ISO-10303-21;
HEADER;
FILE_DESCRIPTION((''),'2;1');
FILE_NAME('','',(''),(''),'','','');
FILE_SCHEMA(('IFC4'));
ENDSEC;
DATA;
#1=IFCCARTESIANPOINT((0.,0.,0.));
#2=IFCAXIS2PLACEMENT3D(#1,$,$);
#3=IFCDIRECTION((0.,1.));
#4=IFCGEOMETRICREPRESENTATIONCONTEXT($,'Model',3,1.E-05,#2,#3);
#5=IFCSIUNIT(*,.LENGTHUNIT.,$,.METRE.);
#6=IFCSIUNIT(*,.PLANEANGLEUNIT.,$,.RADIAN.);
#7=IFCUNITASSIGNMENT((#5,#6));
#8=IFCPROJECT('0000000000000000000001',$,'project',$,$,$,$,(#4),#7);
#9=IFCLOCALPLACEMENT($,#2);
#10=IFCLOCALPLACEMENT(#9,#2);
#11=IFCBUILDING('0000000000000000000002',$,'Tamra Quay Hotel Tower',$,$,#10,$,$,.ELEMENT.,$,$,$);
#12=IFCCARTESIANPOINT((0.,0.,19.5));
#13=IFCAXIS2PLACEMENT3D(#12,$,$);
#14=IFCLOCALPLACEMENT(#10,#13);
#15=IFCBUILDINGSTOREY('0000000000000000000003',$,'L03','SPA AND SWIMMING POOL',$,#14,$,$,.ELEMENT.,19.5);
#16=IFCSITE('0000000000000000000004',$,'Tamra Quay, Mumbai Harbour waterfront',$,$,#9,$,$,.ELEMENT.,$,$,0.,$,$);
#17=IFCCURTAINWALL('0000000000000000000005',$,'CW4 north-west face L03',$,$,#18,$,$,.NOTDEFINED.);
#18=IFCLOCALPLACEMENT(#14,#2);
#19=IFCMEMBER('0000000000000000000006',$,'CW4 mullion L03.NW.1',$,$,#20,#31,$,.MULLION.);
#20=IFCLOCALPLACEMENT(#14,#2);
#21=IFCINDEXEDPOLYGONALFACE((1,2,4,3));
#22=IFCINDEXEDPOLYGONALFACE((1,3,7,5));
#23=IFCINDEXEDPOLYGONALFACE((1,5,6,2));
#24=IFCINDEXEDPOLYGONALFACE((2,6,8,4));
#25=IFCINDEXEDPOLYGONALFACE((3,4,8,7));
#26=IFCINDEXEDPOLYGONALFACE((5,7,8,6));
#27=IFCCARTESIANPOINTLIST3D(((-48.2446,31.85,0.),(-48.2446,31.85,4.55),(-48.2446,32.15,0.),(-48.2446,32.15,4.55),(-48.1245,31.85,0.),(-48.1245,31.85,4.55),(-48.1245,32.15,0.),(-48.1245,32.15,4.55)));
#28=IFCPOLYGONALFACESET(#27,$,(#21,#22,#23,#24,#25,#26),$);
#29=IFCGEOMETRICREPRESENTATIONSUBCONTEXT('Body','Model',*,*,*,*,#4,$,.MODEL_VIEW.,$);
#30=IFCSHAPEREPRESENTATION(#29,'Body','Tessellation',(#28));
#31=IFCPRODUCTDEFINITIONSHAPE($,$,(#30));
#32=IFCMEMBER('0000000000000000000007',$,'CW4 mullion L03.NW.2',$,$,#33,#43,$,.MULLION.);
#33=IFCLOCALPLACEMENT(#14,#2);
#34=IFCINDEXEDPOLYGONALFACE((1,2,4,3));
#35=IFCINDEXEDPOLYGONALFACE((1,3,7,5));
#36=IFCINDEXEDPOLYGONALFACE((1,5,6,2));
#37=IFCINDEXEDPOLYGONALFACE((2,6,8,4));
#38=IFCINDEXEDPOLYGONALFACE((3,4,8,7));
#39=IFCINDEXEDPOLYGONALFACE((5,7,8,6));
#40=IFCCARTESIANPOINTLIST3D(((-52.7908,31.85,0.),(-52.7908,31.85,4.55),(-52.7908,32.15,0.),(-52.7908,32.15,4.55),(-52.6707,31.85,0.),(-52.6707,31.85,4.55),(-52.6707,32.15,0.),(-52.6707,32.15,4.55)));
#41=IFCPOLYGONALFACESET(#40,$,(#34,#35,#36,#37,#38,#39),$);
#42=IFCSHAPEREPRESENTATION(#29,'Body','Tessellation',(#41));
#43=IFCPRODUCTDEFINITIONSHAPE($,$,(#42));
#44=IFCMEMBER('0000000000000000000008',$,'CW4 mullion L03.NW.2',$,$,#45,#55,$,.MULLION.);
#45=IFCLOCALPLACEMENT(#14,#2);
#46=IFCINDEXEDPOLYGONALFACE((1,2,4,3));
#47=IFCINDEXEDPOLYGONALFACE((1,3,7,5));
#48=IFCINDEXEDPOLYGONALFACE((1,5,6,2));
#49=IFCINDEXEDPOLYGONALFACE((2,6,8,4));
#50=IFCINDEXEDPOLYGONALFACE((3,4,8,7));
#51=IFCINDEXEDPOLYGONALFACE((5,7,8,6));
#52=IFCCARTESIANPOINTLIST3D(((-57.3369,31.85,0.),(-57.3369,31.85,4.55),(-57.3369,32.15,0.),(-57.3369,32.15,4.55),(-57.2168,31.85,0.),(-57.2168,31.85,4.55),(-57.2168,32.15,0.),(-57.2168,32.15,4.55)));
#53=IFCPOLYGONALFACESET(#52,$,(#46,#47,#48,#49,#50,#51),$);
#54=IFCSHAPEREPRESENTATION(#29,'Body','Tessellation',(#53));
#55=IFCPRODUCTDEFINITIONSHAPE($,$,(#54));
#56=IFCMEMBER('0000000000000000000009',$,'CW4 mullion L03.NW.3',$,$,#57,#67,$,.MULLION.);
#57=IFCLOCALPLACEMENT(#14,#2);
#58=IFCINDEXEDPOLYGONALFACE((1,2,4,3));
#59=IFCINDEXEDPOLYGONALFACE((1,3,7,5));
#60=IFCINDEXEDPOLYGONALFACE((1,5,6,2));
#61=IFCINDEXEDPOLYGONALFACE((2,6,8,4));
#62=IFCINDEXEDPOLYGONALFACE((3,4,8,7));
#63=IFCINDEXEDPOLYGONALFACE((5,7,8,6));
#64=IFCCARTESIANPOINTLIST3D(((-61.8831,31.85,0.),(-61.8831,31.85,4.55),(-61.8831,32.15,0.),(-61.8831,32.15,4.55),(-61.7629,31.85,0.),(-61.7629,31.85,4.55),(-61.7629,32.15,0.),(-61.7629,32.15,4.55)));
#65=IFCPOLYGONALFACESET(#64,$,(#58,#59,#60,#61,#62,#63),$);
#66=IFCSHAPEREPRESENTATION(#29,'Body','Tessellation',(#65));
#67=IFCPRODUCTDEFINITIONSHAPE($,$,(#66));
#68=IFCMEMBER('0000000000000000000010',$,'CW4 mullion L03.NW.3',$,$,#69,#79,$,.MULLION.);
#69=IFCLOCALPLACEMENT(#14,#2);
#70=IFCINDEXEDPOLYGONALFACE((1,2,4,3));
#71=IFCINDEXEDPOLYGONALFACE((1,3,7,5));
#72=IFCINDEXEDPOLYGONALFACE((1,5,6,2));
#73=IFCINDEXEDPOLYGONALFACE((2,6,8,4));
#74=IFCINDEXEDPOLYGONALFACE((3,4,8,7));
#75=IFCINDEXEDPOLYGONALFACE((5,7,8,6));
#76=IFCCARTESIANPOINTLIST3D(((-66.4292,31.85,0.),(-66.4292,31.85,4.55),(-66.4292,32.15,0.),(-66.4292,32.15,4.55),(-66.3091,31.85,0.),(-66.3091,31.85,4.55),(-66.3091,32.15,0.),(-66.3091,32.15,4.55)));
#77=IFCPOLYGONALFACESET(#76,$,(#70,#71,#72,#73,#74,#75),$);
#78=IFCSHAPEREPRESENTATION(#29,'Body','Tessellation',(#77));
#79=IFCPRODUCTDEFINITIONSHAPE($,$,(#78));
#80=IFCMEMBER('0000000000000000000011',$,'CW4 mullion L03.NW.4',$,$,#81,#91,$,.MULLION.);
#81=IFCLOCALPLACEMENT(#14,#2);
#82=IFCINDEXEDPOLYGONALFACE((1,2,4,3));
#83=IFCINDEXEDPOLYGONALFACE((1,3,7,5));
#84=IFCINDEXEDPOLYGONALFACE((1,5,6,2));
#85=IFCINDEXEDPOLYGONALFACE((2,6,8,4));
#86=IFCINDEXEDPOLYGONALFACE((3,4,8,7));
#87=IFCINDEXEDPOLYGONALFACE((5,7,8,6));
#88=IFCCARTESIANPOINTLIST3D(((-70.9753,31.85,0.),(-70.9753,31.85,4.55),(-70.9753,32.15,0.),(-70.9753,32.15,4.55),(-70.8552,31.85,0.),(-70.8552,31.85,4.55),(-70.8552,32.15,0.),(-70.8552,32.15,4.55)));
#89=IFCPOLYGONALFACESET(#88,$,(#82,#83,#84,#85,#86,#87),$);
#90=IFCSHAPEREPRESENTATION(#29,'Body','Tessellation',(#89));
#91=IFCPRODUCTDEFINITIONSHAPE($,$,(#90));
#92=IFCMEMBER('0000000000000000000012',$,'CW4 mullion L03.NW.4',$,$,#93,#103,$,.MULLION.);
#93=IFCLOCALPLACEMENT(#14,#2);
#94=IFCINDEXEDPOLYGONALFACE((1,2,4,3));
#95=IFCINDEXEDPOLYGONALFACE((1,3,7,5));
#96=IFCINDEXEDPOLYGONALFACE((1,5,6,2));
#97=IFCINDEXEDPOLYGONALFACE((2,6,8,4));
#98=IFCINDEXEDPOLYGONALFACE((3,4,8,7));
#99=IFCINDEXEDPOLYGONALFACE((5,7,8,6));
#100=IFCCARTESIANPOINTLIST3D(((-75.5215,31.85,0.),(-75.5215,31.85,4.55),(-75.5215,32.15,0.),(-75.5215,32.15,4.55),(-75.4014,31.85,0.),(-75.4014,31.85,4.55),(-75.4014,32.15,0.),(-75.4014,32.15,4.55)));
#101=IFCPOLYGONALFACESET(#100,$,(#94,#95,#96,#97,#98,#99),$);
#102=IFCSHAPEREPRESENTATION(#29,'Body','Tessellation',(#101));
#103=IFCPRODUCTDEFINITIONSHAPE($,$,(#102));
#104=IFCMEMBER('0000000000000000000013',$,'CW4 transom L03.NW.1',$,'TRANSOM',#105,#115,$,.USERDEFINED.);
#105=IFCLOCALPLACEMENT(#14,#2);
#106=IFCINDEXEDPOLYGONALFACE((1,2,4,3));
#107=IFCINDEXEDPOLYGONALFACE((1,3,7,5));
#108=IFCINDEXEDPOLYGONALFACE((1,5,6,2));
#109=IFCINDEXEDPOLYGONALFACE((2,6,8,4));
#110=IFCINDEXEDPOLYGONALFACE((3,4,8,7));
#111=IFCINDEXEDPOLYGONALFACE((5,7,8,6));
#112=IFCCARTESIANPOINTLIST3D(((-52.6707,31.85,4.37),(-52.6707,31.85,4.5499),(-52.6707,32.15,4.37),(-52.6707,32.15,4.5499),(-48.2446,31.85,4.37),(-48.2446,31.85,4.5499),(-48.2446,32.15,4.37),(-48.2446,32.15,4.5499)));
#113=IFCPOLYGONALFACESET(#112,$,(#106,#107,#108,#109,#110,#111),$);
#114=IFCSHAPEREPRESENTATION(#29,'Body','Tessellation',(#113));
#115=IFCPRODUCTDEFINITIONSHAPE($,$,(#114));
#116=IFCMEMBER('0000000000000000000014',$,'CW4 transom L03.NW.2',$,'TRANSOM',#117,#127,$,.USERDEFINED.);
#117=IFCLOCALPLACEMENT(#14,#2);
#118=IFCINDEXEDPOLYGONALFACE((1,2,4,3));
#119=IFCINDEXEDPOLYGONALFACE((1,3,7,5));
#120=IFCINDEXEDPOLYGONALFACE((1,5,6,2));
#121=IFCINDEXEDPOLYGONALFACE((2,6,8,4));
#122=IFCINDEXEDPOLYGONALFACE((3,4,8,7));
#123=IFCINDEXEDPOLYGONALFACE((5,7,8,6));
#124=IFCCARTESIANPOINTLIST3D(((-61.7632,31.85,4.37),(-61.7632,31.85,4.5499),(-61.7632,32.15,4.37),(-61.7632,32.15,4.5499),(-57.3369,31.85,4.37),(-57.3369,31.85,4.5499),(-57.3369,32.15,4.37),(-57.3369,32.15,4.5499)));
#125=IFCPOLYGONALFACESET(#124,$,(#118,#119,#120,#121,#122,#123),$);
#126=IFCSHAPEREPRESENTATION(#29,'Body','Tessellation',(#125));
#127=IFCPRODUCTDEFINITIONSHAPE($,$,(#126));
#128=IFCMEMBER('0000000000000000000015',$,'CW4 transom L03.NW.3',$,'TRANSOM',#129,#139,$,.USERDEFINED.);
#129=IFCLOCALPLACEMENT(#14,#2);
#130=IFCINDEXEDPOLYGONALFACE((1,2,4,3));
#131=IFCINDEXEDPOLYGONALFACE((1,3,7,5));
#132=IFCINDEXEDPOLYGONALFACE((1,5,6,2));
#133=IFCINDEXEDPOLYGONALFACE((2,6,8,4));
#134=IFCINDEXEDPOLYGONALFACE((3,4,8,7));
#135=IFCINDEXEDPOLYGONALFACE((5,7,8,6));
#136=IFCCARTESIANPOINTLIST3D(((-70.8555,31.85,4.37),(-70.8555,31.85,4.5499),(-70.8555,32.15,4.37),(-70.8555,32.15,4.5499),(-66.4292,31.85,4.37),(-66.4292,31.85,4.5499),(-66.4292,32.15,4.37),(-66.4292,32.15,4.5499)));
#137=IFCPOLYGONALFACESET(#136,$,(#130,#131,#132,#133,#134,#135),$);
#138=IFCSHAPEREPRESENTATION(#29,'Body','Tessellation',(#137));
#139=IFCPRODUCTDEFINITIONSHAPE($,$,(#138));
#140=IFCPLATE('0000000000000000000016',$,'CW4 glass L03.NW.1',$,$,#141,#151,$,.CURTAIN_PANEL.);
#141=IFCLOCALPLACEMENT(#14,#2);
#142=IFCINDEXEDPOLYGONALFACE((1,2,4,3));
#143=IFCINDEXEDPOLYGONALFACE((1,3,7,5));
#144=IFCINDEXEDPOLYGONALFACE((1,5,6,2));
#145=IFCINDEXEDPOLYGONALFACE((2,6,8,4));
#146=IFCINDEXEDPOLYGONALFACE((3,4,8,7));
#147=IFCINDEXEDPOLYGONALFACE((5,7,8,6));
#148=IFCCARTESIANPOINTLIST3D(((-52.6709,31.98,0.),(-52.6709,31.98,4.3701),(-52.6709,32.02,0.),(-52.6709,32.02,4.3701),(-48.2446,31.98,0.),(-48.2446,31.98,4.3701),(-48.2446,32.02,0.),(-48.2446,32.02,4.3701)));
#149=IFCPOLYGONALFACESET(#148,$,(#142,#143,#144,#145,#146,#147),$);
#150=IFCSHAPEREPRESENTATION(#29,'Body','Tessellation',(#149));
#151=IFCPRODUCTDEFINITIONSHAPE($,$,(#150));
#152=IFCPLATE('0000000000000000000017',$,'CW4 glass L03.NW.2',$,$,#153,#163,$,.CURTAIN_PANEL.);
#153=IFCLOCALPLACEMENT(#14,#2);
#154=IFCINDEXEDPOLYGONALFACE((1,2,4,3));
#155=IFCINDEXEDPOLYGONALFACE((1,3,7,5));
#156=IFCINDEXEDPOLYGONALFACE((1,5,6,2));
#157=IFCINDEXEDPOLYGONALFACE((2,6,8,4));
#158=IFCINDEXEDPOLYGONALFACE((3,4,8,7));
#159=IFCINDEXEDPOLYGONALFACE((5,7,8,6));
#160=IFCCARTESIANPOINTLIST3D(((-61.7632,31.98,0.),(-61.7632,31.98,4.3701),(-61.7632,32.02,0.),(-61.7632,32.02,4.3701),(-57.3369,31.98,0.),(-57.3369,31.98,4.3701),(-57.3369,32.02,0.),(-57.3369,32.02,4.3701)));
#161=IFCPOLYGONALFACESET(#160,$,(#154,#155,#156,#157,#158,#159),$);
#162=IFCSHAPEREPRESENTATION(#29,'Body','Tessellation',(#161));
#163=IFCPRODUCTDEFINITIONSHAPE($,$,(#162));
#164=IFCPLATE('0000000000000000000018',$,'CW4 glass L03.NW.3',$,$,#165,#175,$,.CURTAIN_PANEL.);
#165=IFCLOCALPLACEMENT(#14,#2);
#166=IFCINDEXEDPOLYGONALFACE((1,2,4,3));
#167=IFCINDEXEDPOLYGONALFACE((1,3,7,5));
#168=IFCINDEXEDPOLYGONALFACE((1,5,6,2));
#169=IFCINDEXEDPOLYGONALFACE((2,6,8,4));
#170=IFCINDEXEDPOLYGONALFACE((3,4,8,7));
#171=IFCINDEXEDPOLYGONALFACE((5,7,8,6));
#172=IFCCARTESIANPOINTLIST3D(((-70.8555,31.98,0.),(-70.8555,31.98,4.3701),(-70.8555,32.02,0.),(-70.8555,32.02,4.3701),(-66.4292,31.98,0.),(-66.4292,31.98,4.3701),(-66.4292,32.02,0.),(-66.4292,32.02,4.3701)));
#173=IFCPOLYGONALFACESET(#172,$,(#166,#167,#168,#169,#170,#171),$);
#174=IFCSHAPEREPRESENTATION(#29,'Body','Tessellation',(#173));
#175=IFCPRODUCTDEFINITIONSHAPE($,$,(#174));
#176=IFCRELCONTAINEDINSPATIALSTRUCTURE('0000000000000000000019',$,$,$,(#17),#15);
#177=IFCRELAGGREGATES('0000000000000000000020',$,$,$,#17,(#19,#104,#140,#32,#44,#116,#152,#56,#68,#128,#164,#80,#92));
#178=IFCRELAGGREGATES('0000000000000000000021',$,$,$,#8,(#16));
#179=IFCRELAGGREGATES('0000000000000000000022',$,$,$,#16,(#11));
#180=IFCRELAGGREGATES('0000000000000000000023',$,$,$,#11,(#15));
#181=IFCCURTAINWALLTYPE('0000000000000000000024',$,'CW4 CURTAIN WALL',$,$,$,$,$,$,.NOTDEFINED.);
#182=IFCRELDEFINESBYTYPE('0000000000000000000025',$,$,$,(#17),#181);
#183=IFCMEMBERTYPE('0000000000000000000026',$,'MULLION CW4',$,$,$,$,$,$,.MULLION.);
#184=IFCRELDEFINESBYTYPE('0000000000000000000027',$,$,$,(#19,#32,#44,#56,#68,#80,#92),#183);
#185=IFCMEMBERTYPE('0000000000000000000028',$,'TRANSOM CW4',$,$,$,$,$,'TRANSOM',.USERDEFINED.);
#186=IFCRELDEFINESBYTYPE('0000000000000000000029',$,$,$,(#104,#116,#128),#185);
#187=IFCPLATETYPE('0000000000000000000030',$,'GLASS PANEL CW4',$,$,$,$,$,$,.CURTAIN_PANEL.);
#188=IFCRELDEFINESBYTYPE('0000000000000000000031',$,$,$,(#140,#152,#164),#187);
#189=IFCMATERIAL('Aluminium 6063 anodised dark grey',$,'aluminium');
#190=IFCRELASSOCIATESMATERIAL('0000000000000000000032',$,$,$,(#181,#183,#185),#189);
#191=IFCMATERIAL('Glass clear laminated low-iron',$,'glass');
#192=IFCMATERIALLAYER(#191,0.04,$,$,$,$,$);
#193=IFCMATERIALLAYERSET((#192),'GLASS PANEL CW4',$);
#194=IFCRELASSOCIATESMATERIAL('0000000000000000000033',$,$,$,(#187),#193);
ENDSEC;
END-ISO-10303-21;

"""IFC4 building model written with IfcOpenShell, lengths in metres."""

from ifc_helpers import new_model, si_unit, direction, frame, origin, origin_2d, place, context, subcontext, project, spatial, rectangle, extrude, material, layer, layer_set, material_profile, profile_set, type_object, element, aggregate, save


model = new_model("IFC4")

# Units and contexts
model_context = context("Model", 3, precision=1e-05, world=origin(), true_north=direction((0.0, 1.0)))
body_context = subcontext(model_context, "Body", "Model", "MODEL_VIEW")
ifc_project = project(units=[si_unit("LENGTHUNIT", "METRE"), si_unit("PLANEANGLEUNIT", "RADIAN")], contexts=[model_context])

# Site, building, storey
site_placement = place(None, origin())
site = spatial("IfcSite", under=ifc_project, at=site_placement, Name="Tamra Quay, Mumbai Harbour waterfront", CompositionType="ELEMENT", RefElevation=0.0)
building_placement = place(site_placement, origin())
building = spatial("IfcBuilding", under=site, at=building_placement, Name="Tamra Quay Hotel Tower", CompositionType="ELEMENT")
storey_placement = place(building_placement, frame((0.0, 0.0, 19.5)))
storey = spatial("IfcBuildingStorey", under=building, at=storey_placement, Name="L03", Description="SPA AND SWIMMING POOL", CompositionType="ELEMENT", Elevation=19.5)

# Curtain wall, members, plates
ifc_material_1 = material(Name="Aluminium 6063 anodised dark grey", Category="aluminium")
curtain_wall_type = type_object("IfcCurtainWallType", Name="CW4 CURTAIN WALL", PredefinedType="NOTDEFINED", material=ifc_material_1)
curtain_wall_placement = place(storey_placement, origin())
curtain_wall = element("IfcCurtainWall", 1, at=curtain_wall_placement, inside=storey, type_object=curtain_wall_type, Name="CW4 north-west face L03", PredefinedType="NOTDEFINED")
ifc_material_profile_1 = material_profile(ifc_material_1, rectangle(XDim=0.3, YDim=0.1201, at=origin_2d()), Name="MULLION 120X300")
ifc_profile_set_1 = profile_set([ifc_material_profile_1], Name="Aluminium 6063 anodised dark grey")
member_type_1 = type_object("IfcMemberType", Name="MULLION CW4", PredefinedType="MULLION", material=ifc_profile_set_1)
member_1_placement = place(storey_placement, frame((-48.1846, 32.0, 0.0), z_axis=(0.0, 0.0, 1.0), x_axis=(0.0, 1.0, 0.0)))
member_1 = element("IfcMember", 2, at=member_1_placement, type_object=member_type_1, Name="CW4 mullion L03.NW.1", PredefinedType="MULLION", context=body_context, shape_type="SweptSolid", body=[
    extrude(rectangle(XDim=0.3, YDim=0.1201, at=origin_2d()), origin(), (0.0, 0.0, 1.0), 4.55),
])
member_2_placement = place(storey_placement, frame((-52.7307, 32.0, 0.0), z_axis=(0.0, 0.0, 1.0), x_axis=(0.0, 1.0, 0.0)))
member_2 = element("IfcMember", 3, at=member_2_placement, type_object=member_type_1, Name="CW4 mullion L03.NW.2", PredefinedType="MULLION", context=body_context, shape_type="SweptSolid", body=[
    extrude(rectangle(XDim=0.3, YDim=0.1201, at=origin_2d()), origin(), (0.0, 0.0, 1.0), 4.55),
])
member_3_placement = place(storey_placement, frame((-57.2769, 32.0, 0.0), z_axis=(0.0, 0.0, 1.0), x_axis=(0.0, 1.0, 0.0)))
member_3 = element("IfcMember", 4, at=member_3_placement, type_object=member_type_1, Name="CW4 mullion L03.NW.2", PredefinedType="MULLION", context=body_context, shape_type="SweptSolid", body=[
    extrude(rectangle(XDim=0.3, YDim=0.1201, at=origin_2d()), origin(), (0.0, 0.0, 1.0), 4.55),
])
member_4_placement = place(storey_placement, frame((-61.823, 32.0, 0.0), z_axis=(0.0, 0.0, 1.0), x_axis=(0.0, 1.0, 0.0)))
member_4 = element("IfcMember", 5, at=member_4_placement, type_object=member_type_1, Name="CW4 mullion L03.NW.3", PredefinedType="MULLION", context=body_context, shape_type="SweptSolid", body=[
    extrude(rectangle(XDim=0.3, YDim=0.1201, at=origin_2d()), origin(), (0.0, 0.0, 1.0), 4.55),
])
member_5_placement = place(storey_placement, frame((-66.3691, 32.0, 0.0), z_axis=(0.0, 0.0, 1.0), x_axis=(0.0, 1.0, 0.0)))
member_5 = element("IfcMember", 6, at=member_5_placement, type_object=member_type_1, Name="CW4 mullion L03.NW.3", PredefinedType="MULLION", context=body_context, shape_type="SweptSolid", body=[
    extrude(rectangle(XDim=0.3, YDim=0.1201, at=origin_2d()), origin(), (0.0, 0.0, 1.0), 4.55),
])
member_6_placement = place(storey_placement, frame((-70.9153, 32.0, 0.0), z_axis=(0.0, 0.0, 1.0), x_axis=(0.0, 1.0, 0.0)))
member_6 = element("IfcMember", 7, at=member_6_placement, type_object=member_type_1, Name="CW4 mullion L03.NW.4", PredefinedType="MULLION", context=body_context, shape_type="SweptSolid", body=[
    extrude(rectangle(XDim=0.3, YDim=0.1201, at=origin_2d()), origin(), (0.0, 0.0, 1.0), 4.55),
])
member_7_placement = place(storey_placement, frame((-75.4614, 32.0, 0.0), z_axis=(0.0, 0.0, 1.0), x_axis=(0.0, 1.0, 0.0)))
member_7 = element("IfcMember", 8, at=member_7_placement, type_object=member_type_1, Name="CW4 mullion L03.NW.4", PredefinedType="MULLION", context=body_context, shape_type="SweptSolid", body=[
    extrude(rectangle(XDim=0.3, YDim=0.1201, at=origin_2d()), origin(), (0.0, 0.0, 1.0), 4.55),
])
ifc_material_profile_2 = material_profile(ifc_material_1, rectangle(XDim=0.3, YDim=0.1799, at=origin_2d()), Name="TRANSOM 300X180")
ifc_profile_set_2 = profile_set([ifc_material_profile_2], Name="Aluminium 6063 anodised dark grey")
member_type_2 = type_object("IfcMemberType", Name="TRANSOM CW4", ElementType="TRANSOM", PredefinedType="USERDEFINED", material=ifc_profile_set_2)
member_8_placement = place(storey_placement, frame((-48.2446, 32.0, 4.46), z_axis=(-1.0, 0.0, 0.0), x_axis=(0.0, -1.0, 0.0)))
member_8 = element("IfcMember", 9, at=member_8_placement, type_object=member_type_2, Name="CW4 transom L03.NW.1", ObjectType="TRANSOM", PredefinedType="USERDEFINED", context=body_context, shape_type="SweptSolid", body=[
    extrude(rectangle(XDim=0.3, YDim=0.1799, at=origin_2d()), origin(), (0.0, 0.0, 1.0), 4.426),
])
member_9_placement = place(storey_placement, frame((-57.3369, 32.0, 4.46), z_axis=(-1.0, 0.0, 0.0), x_axis=(0.0, -1.0, 0.0)))
member_9 = element("IfcMember", 10, at=member_9_placement, type_object=member_type_2, Name="CW4 transom L03.NW.2", ObjectType="TRANSOM", PredefinedType="USERDEFINED", context=body_context, shape_type="SweptSolid", body=[
    extrude(rectangle(XDim=0.3, YDim=0.1799, at=origin_2d()), origin(), (0.0, 0.0, 1.0), 4.4263),
])
member_10_placement = place(storey_placement, frame((-66.4292, 32.0, 4.46), z_axis=(-1.0, 0.0, 0.0), x_axis=(0.0, -1.0, 0.0)))
member_10 = element("IfcMember", 11, at=member_10_placement, type_object=member_type_2, Name="CW4 transom L03.NW.3", ObjectType="TRANSOM", PredefinedType="USERDEFINED", context=body_context, shape_type="SweptSolid", body=[
    extrude(rectangle(XDim=0.3, YDim=0.1799, at=origin_2d()), origin(), (0.0, 0.0, 1.0), 4.4263),
])
ifc_material_2 = material(Name="Glass clear laminated low-iron", Category="glass")
ifc_layer_1 = layer(ifc_material_2, 0.04)
ifc_layer_set_1 = layer_set([ifc_layer_1], Name="GLASS PANEL CW4")
plate_type = type_object("IfcPlateType", Name="GLASS PANEL CW4", PredefinedType="CURTAIN_PANEL", material=ifc_layer_set_1)
plate_1_placement = place(storey_placement, frame((-50.4578, 32.0, 0.0), z_axis=(0.0, 0.0, 1.0), x_axis=(-1.0, 0.0, 0.0)))
plate_1 = element("IfcPlate", 12, at=plate_1_placement, type_object=plate_type, Name="CW4 glass L03.NW.1", PredefinedType="CURTAIN_PANEL", context=body_context, shape_type="SweptSolid", body=[
    extrude(rectangle(XDim=4.4263, YDim=0.04, at=origin_2d()), origin(), (0.0, 0.0, 1.0), 4.3701),
])
plate_2_placement = place(storey_placement, frame((-59.55, 32.0, 0.0), z_axis=(0.0, 0.0, 1.0), x_axis=(-1.0, 0.0, 0.0)))
plate_2 = element("IfcPlate", 13, at=plate_2_placement, type_object=plate_type, Name="CW4 glass L03.NW.2", PredefinedType="CURTAIN_PANEL", context=body_context, shape_type="SweptSolid", body=[
    extrude(rectangle(XDim=4.4263, YDim=0.04, at=origin_2d()), origin(), (0.0, 0.0, 1.0), 4.3701),
])
plate_3_placement = place(storey_placement, frame((-68.6423, 32.0, 0.0), z_axis=(0.0, 0.0, 1.0), x_axis=(-1.0, 0.0, 0.0)))
plate_3 = element("IfcPlate", 14, at=plate_3_placement, type_object=plate_type, Name="CW4 glass L03.NW.3", PredefinedType="CURTAIN_PANEL", context=body_context, shape_type="SweptSolid", body=[
    extrude(rectangle(XDim=4.4263, YDim=0.04, at=origin_2d()), origin(), (0.0, 0.0, 1.0), 4.3701),
])
aggregate(curtain_wall, [member_1, member_8, plate_1, member_2, member_3, member_9, plate_2, member_4, member_5, member_10, plate_3, member_6, member_7])

save(model, "model.ifc")
